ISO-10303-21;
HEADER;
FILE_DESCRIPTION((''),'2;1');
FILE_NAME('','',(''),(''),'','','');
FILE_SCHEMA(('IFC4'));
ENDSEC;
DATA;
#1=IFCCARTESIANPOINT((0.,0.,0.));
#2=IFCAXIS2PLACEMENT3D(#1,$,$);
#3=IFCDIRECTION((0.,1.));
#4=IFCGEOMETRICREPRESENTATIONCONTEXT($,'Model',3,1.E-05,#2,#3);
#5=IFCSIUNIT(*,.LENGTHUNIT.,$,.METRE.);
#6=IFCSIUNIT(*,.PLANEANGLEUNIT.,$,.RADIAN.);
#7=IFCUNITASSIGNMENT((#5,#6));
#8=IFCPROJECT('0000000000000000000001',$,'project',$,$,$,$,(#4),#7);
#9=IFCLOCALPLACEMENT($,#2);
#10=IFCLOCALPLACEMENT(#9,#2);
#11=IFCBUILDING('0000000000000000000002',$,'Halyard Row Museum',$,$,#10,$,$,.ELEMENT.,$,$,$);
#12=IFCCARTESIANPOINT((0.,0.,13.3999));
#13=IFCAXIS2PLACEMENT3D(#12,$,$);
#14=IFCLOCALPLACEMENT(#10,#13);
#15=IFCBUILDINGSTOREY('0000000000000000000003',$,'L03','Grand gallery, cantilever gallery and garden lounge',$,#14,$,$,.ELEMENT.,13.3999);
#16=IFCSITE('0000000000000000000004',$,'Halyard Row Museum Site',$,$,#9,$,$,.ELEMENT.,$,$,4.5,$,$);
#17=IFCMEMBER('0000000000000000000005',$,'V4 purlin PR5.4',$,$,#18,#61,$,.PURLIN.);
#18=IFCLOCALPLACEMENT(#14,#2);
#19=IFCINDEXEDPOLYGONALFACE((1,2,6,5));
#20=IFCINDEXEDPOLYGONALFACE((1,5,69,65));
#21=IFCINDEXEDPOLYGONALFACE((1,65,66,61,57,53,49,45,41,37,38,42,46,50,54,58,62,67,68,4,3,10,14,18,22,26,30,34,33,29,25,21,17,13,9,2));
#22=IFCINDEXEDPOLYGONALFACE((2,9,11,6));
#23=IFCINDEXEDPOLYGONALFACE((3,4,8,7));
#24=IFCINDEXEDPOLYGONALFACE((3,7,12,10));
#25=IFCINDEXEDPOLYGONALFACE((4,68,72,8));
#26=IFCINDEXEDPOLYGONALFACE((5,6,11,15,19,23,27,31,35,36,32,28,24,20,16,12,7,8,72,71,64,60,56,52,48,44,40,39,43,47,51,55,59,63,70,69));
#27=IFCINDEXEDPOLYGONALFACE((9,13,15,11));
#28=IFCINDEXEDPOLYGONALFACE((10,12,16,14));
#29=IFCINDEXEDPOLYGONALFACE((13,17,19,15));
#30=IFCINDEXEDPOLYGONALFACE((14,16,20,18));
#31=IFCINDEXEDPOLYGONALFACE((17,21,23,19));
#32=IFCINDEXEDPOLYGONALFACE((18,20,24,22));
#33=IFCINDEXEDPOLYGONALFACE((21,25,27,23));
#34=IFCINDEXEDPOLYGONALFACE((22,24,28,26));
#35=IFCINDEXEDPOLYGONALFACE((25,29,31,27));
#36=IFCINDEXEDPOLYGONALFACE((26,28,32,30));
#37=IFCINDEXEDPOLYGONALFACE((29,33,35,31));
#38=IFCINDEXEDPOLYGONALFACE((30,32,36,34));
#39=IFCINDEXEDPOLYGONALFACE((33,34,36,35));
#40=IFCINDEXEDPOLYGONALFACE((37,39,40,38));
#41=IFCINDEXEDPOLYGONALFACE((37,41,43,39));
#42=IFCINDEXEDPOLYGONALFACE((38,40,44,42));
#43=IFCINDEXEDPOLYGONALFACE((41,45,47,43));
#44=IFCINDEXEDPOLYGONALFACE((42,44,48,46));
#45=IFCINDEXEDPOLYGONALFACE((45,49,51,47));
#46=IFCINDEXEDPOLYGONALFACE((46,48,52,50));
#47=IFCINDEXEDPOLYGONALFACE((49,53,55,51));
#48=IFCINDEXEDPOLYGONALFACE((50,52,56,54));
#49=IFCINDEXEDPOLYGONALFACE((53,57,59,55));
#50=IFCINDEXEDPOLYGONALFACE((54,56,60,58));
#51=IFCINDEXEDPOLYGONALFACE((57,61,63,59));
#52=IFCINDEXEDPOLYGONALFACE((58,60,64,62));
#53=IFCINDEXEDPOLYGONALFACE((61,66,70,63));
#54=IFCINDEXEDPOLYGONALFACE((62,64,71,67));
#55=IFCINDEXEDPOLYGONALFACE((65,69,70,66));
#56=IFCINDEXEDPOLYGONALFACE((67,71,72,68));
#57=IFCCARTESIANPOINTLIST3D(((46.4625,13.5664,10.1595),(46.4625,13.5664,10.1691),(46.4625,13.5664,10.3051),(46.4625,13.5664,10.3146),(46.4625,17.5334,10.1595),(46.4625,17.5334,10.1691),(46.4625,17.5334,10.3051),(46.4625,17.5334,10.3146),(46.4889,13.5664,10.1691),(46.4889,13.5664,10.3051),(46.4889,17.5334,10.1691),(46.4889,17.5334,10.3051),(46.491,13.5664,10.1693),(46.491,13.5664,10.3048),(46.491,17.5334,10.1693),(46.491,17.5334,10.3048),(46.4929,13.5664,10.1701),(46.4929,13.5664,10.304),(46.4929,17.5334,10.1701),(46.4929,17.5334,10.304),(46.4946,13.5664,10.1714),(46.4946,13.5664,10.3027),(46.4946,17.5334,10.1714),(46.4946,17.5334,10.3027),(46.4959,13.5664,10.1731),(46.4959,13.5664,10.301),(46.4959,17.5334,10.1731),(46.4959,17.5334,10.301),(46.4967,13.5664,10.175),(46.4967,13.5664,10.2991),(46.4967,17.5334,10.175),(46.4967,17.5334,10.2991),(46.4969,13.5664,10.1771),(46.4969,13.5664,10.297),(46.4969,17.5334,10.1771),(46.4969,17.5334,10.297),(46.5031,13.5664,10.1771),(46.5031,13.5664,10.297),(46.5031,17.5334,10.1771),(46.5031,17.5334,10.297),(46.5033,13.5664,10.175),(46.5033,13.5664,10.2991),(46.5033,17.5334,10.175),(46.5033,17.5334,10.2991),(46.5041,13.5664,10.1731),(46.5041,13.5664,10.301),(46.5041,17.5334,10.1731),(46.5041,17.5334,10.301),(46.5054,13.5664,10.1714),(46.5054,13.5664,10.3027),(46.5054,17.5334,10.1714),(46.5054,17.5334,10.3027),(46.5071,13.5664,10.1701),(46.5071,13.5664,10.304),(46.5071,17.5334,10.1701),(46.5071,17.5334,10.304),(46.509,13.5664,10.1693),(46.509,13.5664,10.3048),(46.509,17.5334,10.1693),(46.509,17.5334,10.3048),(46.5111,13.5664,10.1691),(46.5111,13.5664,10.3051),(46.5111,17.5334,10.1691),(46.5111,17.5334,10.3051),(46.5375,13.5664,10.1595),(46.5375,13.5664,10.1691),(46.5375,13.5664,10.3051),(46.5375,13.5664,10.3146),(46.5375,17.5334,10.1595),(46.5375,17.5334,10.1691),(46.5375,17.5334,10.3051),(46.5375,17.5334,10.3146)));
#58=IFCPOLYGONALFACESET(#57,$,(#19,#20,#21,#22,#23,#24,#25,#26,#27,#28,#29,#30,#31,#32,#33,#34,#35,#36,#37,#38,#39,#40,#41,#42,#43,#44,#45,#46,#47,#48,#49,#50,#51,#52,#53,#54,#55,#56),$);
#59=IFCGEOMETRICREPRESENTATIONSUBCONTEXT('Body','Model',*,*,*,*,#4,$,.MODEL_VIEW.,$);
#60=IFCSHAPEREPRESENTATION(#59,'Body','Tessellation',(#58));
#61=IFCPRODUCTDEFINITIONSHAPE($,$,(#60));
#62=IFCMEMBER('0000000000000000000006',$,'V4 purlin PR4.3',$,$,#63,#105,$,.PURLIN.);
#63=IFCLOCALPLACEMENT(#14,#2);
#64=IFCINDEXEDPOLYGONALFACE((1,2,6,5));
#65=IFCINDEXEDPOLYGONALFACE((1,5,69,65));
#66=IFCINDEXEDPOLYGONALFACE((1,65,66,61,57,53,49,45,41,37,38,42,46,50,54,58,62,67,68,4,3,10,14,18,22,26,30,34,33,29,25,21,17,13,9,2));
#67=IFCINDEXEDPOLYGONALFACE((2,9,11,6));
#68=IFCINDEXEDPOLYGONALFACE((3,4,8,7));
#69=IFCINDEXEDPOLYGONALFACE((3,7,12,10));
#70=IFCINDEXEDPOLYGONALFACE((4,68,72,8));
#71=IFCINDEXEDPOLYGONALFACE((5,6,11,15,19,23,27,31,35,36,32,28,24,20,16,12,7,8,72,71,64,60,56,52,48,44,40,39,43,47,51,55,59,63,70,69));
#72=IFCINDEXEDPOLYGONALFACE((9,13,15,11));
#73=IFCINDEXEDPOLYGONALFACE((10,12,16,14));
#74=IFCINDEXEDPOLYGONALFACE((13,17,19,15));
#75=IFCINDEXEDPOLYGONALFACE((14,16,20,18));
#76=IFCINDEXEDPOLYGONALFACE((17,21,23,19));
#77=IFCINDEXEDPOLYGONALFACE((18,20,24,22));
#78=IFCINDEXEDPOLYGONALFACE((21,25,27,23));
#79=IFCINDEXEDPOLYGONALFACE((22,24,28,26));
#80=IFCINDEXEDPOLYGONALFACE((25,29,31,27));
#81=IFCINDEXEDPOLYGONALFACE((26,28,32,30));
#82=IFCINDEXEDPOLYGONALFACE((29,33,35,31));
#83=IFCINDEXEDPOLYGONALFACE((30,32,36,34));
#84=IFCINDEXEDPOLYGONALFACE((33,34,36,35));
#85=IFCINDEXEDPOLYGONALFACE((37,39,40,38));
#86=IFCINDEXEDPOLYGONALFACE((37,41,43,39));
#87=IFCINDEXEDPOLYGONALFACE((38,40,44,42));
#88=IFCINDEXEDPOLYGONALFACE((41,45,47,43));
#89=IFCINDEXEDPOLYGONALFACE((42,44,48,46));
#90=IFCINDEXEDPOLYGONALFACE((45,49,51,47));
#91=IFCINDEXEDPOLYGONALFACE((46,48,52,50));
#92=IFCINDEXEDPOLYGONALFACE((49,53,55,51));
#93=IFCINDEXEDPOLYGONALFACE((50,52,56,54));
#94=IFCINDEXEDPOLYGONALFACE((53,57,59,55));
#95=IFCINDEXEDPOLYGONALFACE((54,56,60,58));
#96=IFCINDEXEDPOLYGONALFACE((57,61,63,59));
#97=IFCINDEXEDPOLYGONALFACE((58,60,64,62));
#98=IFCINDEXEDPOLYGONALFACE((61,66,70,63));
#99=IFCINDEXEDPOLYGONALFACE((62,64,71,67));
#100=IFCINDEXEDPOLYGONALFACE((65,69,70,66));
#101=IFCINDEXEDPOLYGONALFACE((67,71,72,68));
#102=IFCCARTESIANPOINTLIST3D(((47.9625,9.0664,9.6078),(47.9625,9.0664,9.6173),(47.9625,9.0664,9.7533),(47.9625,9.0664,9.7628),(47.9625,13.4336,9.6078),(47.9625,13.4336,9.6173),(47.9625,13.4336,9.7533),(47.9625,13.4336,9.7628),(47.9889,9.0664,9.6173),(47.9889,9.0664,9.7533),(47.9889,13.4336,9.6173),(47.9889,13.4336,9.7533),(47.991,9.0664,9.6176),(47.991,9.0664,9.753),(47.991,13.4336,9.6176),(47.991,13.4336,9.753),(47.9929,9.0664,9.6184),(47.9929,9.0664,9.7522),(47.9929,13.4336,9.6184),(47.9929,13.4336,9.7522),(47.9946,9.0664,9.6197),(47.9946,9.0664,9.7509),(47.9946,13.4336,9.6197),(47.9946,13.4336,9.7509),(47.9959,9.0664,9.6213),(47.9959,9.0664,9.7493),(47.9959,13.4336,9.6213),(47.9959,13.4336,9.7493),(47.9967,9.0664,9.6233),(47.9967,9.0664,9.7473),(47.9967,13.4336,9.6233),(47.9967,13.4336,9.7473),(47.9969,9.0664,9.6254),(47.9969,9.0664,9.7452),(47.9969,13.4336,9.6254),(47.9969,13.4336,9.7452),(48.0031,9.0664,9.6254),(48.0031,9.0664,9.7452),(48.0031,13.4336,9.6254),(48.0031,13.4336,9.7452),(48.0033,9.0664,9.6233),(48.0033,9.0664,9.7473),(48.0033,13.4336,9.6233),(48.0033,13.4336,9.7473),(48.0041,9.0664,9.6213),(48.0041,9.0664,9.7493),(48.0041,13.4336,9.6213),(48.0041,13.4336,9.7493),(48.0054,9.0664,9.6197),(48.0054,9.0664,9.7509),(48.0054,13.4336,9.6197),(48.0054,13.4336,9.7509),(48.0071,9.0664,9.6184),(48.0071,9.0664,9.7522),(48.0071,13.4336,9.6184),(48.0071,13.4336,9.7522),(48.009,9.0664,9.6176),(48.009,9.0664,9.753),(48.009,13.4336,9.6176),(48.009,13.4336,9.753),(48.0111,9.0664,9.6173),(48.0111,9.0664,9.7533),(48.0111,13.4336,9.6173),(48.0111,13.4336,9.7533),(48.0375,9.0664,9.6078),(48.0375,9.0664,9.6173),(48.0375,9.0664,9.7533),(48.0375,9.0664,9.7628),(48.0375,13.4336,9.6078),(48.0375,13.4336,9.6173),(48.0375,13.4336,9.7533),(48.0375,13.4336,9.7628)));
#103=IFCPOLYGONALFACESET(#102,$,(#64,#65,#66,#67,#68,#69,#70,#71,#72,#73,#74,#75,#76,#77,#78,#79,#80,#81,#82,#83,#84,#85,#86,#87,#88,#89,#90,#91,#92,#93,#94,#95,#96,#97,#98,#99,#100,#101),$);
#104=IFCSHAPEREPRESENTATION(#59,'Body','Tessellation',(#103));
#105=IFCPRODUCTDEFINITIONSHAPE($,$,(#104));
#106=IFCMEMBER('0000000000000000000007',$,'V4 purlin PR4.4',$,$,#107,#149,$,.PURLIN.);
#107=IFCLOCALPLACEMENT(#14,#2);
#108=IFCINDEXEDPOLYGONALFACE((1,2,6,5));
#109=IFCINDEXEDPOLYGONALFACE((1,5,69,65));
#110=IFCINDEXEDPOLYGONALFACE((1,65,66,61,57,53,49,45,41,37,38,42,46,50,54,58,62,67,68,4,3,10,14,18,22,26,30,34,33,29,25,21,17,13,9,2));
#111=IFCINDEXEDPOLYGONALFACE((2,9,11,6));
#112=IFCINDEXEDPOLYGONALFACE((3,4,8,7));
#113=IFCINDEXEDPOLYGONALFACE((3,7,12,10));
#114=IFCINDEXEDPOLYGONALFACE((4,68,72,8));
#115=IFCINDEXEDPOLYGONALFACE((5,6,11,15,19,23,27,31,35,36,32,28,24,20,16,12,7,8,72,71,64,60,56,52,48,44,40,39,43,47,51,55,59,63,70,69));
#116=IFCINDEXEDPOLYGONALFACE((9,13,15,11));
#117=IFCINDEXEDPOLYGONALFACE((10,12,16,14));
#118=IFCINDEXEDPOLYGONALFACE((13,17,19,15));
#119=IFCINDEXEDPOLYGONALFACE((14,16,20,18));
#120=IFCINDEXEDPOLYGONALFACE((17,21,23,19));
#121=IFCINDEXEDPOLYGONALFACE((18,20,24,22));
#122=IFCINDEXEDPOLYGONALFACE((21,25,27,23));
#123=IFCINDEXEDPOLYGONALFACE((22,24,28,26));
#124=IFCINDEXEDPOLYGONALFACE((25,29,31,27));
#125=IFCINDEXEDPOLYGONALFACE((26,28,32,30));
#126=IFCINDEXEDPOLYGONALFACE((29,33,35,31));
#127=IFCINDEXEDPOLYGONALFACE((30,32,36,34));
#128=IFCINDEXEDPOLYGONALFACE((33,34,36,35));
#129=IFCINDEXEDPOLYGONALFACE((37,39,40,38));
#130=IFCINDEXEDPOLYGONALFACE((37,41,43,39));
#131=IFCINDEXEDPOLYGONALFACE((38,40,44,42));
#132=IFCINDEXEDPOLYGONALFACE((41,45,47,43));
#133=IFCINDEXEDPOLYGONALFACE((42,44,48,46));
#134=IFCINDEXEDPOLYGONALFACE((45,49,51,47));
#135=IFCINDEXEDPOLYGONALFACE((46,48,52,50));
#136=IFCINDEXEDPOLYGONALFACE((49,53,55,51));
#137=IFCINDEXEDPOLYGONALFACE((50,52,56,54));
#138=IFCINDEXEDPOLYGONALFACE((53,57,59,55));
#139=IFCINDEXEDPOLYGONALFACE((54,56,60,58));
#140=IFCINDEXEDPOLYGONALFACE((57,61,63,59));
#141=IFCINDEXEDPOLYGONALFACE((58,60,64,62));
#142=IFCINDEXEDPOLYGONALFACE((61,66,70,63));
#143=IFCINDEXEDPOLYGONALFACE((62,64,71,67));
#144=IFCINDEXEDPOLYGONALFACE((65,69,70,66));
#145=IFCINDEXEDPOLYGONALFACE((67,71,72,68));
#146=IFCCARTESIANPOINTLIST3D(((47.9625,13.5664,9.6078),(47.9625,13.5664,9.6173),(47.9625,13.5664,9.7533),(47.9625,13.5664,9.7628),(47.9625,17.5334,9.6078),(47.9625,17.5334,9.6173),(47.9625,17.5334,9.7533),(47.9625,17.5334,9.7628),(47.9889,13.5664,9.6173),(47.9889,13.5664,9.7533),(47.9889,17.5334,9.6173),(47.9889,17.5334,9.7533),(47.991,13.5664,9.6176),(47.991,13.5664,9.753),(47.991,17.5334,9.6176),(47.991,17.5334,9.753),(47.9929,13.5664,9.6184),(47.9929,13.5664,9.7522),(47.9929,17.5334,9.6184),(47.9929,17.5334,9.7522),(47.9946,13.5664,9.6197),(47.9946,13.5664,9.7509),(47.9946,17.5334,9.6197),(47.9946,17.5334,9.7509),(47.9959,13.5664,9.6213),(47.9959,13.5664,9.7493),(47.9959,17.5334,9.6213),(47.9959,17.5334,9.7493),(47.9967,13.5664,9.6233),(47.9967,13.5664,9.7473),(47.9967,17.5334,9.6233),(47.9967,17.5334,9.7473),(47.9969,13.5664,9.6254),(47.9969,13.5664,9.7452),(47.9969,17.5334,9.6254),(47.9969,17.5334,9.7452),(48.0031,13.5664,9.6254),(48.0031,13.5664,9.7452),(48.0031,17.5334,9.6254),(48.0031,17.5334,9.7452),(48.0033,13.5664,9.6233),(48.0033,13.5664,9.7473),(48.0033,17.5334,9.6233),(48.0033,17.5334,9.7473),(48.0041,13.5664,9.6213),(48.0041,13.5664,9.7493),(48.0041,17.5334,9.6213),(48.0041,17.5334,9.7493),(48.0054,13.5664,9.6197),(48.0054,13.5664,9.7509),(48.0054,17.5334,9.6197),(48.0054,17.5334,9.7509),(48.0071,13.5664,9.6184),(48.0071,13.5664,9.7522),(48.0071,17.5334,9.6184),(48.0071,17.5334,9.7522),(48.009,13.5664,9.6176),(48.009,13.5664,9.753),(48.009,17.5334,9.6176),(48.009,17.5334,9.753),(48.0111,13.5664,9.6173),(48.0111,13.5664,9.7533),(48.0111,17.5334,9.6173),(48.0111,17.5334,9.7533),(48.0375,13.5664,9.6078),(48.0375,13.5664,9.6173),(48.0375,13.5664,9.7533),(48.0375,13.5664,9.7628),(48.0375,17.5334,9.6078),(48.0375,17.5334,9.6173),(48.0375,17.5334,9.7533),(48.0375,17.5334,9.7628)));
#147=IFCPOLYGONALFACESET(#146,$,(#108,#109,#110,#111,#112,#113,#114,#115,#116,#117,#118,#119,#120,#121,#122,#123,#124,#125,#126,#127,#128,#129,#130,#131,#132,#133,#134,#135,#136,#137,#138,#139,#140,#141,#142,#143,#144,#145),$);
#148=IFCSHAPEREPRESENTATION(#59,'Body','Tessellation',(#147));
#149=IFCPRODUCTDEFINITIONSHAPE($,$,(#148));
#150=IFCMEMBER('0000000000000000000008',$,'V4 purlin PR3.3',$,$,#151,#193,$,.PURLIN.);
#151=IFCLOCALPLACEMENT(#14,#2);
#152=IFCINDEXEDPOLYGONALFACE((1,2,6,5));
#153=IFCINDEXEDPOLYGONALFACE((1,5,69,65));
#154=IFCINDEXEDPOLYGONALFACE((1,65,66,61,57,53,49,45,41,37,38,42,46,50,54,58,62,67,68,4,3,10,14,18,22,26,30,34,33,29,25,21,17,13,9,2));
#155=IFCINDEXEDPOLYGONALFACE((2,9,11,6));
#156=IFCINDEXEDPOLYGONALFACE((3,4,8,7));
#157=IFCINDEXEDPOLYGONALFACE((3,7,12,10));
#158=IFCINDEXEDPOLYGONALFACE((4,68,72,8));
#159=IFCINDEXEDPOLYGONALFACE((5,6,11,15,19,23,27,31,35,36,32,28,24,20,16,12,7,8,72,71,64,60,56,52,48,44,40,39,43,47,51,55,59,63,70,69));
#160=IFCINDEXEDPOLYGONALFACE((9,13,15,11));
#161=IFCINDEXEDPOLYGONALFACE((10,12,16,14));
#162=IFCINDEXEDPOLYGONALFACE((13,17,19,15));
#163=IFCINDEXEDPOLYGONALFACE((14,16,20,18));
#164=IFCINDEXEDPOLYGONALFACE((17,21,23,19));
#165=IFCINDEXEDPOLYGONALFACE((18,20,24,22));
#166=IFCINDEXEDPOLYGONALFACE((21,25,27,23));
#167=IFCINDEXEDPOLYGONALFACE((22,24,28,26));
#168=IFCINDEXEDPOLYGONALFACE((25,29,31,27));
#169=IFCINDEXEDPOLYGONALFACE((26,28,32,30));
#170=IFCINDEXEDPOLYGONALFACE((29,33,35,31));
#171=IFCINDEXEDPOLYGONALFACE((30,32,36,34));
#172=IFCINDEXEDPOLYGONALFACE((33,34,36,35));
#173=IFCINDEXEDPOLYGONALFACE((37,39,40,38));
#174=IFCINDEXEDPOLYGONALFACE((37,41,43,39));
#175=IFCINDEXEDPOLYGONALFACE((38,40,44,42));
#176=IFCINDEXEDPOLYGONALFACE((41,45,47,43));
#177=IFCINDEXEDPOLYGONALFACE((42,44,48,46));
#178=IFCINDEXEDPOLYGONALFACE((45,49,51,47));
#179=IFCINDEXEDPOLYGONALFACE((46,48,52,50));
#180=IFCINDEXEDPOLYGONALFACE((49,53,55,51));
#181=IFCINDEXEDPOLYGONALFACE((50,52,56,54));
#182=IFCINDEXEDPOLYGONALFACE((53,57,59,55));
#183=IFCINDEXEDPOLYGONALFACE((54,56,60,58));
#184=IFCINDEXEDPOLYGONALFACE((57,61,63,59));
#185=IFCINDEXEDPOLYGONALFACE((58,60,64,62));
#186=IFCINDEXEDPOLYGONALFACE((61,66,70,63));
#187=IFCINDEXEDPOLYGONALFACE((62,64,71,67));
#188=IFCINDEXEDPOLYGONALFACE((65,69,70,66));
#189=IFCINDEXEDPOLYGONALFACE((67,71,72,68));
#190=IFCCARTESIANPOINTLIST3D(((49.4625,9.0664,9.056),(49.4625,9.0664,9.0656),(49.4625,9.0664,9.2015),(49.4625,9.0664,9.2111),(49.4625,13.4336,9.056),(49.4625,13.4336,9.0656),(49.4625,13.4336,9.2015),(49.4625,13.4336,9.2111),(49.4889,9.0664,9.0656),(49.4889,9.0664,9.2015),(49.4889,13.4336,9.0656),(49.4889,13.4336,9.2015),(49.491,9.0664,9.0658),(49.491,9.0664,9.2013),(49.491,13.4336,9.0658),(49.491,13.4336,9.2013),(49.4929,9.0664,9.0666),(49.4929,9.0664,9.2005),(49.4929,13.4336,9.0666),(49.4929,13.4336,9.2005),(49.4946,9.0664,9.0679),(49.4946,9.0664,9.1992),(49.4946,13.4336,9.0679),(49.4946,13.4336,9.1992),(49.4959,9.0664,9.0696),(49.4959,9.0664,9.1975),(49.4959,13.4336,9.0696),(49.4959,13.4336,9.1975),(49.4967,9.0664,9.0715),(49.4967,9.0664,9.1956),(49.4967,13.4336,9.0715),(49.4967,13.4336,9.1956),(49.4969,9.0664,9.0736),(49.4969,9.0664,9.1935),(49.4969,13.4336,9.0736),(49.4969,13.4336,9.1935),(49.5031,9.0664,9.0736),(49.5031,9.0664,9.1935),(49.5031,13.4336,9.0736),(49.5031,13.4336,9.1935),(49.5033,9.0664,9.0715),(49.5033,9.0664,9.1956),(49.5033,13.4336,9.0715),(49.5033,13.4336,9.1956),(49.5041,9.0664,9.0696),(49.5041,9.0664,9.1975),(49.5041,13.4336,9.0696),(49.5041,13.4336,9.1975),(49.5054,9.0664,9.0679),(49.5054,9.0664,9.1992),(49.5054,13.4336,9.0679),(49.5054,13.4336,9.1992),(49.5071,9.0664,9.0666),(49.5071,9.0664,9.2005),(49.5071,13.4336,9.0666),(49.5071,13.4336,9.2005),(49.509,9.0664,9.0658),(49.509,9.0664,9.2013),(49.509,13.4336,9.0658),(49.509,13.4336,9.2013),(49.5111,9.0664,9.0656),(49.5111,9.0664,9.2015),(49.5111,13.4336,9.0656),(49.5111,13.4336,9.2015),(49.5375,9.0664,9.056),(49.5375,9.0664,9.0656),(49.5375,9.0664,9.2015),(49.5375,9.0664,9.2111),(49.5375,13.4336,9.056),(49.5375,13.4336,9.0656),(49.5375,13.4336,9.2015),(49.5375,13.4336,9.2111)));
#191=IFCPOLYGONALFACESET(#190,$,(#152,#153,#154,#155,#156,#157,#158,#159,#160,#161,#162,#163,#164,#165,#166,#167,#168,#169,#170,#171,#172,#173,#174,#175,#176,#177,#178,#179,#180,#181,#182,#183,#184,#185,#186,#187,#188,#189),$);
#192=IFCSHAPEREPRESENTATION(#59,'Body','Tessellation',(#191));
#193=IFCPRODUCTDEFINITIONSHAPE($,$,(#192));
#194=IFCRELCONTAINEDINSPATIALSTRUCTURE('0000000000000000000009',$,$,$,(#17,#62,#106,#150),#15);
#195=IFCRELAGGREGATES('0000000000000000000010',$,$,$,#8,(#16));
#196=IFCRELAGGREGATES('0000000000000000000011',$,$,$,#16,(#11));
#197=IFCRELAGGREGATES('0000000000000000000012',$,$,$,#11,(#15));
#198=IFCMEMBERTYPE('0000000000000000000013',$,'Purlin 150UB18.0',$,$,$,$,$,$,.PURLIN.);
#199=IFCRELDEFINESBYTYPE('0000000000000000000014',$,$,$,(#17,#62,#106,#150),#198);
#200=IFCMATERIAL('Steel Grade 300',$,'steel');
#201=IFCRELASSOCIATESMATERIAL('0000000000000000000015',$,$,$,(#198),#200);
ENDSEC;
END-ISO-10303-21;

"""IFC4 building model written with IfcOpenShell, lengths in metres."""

from ifc_helpers import new_model, si_unit, direction, frame, origin, origin_2d, place, context, subcontext, project, spatial, i_section, extrude, material, material_profile, profile_set, type_object, element, save


model = new_model("IFC4")

# Units and contexts
model_context = context("Model", 3, precision=1e-05, world=origin(), true_north=direction((0.0, 1.0)))
body_context = subcontext(model_context, "Body", "Model", "MODEL_VIEW")
ifc_project = project(units=[si_unit("LENGTHUNIT", "METRE"), si_unit("PLANEANGLEUNIT", "RADIAN")], contexts=[model_context])

# Site, building, storey
site_placement = place(None, origin())
site = spatial("IfcSite", under=ifc_project, at=site_placement, Name="Halyard Row Museum Site", CompositionType="ELEMENT", RefElevation=4.5)
building_placement = place(site_placement, origin())
building = spatial("IfcBuilding", under=site, at=building_placement, Name="Halyard Row Museum", CompositionType="ELEMENT")
storey_placement = place(building_placement, frame((0.0, 0.0, 13.3999)))
storey = spatial("IfcBuildingStorey", under=building, at=storey_placement, Name="L03", Description="Grand gallery, cantilever gallery and garden lounge", CompositionType="ELEMENT", Elevation=13.3999)

# Members
ifc_material_1 = material(Name="Steel Grade 300", Category="steel")
ifc_material_profile_1 = material_profile(ifc_material_1, i_section(OverallWidth=0.075, OverallDepth=0.155, WebThickness=0.0061, FlangeThickness=0.0095, FilletRadius=0.0081, at=origin_2d()), Name="150UB18.0")
ifc_profile_set_1 = profile_set([ifc_material_profile_1], Name="Steel Grade 300")
member_type_1 = type_object("IfcMemberType", Name="Purlin 150UB18.0", PredefinedType="PURLIN", material=ifc_profile_set_1)
member_1_placement = place(storey_placement, frame((46.5, 13.5664, 10.2371), z_axis=(0.0, 1.0, 0.0), x_axis=(-1.0, 0.0, 0.0)))
element("IfcMember", 1, at=member_1_placement, inside=storey, type_object=member_type_1, Name="V4 purlin PR5.4", PredefinedType="PURLIN", context=body_context, shape_type="SweptSolid", body=[
    extrude(i_section(OverallWidth=0.075, OverallDepth=0.155, WebThickness=0.0061, FlangeThickness=0.0095, FilletRadius=0.0081, at=origin_2d()), origin(), (0.0, 0.0, 1.0), 3.967),
])
member_2_placement = place(storey_placement, frame((48.0, 9.0664, 9.6853), z_axis=(0.0, 1.0, 0.0), x_axis=(-1.0, 0.0, 0.0)))
element("IfcMember", 2, at=member_2_placement, inside=storey, type_object=member_type_1, Name="V4 purlin PR4.3", PredefinedType="PURLIN", context=body_context, shape_type="SweptSolid", body=[
    extrude(i_section(OverallWidth=0.075, OverallDepth=0.155, WebThickness=0.0061, FlangeThickness=0.0095, FilletRadius=0.0081, at=origin_2d()), origin(), (0.0, 0.0, 1.0), 4.3672),
])
member_3_placement = place(storey_placement, frame((48.0, 13.5664, 9.6853), z_axis=(0.0, 1.0, 0.0), x_axis=(-1.0, 0.0, 0.0)))
element("IfcMember", 3, at=member_3_placement, inside=storey, type_object=member_type_1, Name="V4 purlin PR4.4", PredefinedType="PURLIN", context=body_context, shape_type="SweptSolid", body=[
    extrude(i_section(OverallWidth=0.075, OverallDepth=0.155, WebThickness=0.0061, FlangeThickness=0.0095, FilletRadius=0.0081, at=origin_2d()), origin(), (0.0, 0.0, 1.0), 3.967),
])
member_4_placement = place(storey_placement, frame((49.5, 9.0664, 9.1335), z_axis=(0.0, 1.0, 0.0), x_axis=(-1.0, 0.0, 0.0)))
element("IfcMember", 4, at=member_4_placement, inside=storey, type_object=member_type_1, Name="V4 purlin PR3.3", PredefinedType="PURLIN", context=body_context, shape_type="SweptSolid", body=[
    extrude(i_section(OverallWidth=0.075, OverallDepth=0.155, WebThickness=0.0061, FlangeThickness=0.0095, FilletRadius=0.0081, at=origin_2d()), origin(), (0.0, 0.0, 1.0), 4.3672),
])

save(model, "model.ifc")
